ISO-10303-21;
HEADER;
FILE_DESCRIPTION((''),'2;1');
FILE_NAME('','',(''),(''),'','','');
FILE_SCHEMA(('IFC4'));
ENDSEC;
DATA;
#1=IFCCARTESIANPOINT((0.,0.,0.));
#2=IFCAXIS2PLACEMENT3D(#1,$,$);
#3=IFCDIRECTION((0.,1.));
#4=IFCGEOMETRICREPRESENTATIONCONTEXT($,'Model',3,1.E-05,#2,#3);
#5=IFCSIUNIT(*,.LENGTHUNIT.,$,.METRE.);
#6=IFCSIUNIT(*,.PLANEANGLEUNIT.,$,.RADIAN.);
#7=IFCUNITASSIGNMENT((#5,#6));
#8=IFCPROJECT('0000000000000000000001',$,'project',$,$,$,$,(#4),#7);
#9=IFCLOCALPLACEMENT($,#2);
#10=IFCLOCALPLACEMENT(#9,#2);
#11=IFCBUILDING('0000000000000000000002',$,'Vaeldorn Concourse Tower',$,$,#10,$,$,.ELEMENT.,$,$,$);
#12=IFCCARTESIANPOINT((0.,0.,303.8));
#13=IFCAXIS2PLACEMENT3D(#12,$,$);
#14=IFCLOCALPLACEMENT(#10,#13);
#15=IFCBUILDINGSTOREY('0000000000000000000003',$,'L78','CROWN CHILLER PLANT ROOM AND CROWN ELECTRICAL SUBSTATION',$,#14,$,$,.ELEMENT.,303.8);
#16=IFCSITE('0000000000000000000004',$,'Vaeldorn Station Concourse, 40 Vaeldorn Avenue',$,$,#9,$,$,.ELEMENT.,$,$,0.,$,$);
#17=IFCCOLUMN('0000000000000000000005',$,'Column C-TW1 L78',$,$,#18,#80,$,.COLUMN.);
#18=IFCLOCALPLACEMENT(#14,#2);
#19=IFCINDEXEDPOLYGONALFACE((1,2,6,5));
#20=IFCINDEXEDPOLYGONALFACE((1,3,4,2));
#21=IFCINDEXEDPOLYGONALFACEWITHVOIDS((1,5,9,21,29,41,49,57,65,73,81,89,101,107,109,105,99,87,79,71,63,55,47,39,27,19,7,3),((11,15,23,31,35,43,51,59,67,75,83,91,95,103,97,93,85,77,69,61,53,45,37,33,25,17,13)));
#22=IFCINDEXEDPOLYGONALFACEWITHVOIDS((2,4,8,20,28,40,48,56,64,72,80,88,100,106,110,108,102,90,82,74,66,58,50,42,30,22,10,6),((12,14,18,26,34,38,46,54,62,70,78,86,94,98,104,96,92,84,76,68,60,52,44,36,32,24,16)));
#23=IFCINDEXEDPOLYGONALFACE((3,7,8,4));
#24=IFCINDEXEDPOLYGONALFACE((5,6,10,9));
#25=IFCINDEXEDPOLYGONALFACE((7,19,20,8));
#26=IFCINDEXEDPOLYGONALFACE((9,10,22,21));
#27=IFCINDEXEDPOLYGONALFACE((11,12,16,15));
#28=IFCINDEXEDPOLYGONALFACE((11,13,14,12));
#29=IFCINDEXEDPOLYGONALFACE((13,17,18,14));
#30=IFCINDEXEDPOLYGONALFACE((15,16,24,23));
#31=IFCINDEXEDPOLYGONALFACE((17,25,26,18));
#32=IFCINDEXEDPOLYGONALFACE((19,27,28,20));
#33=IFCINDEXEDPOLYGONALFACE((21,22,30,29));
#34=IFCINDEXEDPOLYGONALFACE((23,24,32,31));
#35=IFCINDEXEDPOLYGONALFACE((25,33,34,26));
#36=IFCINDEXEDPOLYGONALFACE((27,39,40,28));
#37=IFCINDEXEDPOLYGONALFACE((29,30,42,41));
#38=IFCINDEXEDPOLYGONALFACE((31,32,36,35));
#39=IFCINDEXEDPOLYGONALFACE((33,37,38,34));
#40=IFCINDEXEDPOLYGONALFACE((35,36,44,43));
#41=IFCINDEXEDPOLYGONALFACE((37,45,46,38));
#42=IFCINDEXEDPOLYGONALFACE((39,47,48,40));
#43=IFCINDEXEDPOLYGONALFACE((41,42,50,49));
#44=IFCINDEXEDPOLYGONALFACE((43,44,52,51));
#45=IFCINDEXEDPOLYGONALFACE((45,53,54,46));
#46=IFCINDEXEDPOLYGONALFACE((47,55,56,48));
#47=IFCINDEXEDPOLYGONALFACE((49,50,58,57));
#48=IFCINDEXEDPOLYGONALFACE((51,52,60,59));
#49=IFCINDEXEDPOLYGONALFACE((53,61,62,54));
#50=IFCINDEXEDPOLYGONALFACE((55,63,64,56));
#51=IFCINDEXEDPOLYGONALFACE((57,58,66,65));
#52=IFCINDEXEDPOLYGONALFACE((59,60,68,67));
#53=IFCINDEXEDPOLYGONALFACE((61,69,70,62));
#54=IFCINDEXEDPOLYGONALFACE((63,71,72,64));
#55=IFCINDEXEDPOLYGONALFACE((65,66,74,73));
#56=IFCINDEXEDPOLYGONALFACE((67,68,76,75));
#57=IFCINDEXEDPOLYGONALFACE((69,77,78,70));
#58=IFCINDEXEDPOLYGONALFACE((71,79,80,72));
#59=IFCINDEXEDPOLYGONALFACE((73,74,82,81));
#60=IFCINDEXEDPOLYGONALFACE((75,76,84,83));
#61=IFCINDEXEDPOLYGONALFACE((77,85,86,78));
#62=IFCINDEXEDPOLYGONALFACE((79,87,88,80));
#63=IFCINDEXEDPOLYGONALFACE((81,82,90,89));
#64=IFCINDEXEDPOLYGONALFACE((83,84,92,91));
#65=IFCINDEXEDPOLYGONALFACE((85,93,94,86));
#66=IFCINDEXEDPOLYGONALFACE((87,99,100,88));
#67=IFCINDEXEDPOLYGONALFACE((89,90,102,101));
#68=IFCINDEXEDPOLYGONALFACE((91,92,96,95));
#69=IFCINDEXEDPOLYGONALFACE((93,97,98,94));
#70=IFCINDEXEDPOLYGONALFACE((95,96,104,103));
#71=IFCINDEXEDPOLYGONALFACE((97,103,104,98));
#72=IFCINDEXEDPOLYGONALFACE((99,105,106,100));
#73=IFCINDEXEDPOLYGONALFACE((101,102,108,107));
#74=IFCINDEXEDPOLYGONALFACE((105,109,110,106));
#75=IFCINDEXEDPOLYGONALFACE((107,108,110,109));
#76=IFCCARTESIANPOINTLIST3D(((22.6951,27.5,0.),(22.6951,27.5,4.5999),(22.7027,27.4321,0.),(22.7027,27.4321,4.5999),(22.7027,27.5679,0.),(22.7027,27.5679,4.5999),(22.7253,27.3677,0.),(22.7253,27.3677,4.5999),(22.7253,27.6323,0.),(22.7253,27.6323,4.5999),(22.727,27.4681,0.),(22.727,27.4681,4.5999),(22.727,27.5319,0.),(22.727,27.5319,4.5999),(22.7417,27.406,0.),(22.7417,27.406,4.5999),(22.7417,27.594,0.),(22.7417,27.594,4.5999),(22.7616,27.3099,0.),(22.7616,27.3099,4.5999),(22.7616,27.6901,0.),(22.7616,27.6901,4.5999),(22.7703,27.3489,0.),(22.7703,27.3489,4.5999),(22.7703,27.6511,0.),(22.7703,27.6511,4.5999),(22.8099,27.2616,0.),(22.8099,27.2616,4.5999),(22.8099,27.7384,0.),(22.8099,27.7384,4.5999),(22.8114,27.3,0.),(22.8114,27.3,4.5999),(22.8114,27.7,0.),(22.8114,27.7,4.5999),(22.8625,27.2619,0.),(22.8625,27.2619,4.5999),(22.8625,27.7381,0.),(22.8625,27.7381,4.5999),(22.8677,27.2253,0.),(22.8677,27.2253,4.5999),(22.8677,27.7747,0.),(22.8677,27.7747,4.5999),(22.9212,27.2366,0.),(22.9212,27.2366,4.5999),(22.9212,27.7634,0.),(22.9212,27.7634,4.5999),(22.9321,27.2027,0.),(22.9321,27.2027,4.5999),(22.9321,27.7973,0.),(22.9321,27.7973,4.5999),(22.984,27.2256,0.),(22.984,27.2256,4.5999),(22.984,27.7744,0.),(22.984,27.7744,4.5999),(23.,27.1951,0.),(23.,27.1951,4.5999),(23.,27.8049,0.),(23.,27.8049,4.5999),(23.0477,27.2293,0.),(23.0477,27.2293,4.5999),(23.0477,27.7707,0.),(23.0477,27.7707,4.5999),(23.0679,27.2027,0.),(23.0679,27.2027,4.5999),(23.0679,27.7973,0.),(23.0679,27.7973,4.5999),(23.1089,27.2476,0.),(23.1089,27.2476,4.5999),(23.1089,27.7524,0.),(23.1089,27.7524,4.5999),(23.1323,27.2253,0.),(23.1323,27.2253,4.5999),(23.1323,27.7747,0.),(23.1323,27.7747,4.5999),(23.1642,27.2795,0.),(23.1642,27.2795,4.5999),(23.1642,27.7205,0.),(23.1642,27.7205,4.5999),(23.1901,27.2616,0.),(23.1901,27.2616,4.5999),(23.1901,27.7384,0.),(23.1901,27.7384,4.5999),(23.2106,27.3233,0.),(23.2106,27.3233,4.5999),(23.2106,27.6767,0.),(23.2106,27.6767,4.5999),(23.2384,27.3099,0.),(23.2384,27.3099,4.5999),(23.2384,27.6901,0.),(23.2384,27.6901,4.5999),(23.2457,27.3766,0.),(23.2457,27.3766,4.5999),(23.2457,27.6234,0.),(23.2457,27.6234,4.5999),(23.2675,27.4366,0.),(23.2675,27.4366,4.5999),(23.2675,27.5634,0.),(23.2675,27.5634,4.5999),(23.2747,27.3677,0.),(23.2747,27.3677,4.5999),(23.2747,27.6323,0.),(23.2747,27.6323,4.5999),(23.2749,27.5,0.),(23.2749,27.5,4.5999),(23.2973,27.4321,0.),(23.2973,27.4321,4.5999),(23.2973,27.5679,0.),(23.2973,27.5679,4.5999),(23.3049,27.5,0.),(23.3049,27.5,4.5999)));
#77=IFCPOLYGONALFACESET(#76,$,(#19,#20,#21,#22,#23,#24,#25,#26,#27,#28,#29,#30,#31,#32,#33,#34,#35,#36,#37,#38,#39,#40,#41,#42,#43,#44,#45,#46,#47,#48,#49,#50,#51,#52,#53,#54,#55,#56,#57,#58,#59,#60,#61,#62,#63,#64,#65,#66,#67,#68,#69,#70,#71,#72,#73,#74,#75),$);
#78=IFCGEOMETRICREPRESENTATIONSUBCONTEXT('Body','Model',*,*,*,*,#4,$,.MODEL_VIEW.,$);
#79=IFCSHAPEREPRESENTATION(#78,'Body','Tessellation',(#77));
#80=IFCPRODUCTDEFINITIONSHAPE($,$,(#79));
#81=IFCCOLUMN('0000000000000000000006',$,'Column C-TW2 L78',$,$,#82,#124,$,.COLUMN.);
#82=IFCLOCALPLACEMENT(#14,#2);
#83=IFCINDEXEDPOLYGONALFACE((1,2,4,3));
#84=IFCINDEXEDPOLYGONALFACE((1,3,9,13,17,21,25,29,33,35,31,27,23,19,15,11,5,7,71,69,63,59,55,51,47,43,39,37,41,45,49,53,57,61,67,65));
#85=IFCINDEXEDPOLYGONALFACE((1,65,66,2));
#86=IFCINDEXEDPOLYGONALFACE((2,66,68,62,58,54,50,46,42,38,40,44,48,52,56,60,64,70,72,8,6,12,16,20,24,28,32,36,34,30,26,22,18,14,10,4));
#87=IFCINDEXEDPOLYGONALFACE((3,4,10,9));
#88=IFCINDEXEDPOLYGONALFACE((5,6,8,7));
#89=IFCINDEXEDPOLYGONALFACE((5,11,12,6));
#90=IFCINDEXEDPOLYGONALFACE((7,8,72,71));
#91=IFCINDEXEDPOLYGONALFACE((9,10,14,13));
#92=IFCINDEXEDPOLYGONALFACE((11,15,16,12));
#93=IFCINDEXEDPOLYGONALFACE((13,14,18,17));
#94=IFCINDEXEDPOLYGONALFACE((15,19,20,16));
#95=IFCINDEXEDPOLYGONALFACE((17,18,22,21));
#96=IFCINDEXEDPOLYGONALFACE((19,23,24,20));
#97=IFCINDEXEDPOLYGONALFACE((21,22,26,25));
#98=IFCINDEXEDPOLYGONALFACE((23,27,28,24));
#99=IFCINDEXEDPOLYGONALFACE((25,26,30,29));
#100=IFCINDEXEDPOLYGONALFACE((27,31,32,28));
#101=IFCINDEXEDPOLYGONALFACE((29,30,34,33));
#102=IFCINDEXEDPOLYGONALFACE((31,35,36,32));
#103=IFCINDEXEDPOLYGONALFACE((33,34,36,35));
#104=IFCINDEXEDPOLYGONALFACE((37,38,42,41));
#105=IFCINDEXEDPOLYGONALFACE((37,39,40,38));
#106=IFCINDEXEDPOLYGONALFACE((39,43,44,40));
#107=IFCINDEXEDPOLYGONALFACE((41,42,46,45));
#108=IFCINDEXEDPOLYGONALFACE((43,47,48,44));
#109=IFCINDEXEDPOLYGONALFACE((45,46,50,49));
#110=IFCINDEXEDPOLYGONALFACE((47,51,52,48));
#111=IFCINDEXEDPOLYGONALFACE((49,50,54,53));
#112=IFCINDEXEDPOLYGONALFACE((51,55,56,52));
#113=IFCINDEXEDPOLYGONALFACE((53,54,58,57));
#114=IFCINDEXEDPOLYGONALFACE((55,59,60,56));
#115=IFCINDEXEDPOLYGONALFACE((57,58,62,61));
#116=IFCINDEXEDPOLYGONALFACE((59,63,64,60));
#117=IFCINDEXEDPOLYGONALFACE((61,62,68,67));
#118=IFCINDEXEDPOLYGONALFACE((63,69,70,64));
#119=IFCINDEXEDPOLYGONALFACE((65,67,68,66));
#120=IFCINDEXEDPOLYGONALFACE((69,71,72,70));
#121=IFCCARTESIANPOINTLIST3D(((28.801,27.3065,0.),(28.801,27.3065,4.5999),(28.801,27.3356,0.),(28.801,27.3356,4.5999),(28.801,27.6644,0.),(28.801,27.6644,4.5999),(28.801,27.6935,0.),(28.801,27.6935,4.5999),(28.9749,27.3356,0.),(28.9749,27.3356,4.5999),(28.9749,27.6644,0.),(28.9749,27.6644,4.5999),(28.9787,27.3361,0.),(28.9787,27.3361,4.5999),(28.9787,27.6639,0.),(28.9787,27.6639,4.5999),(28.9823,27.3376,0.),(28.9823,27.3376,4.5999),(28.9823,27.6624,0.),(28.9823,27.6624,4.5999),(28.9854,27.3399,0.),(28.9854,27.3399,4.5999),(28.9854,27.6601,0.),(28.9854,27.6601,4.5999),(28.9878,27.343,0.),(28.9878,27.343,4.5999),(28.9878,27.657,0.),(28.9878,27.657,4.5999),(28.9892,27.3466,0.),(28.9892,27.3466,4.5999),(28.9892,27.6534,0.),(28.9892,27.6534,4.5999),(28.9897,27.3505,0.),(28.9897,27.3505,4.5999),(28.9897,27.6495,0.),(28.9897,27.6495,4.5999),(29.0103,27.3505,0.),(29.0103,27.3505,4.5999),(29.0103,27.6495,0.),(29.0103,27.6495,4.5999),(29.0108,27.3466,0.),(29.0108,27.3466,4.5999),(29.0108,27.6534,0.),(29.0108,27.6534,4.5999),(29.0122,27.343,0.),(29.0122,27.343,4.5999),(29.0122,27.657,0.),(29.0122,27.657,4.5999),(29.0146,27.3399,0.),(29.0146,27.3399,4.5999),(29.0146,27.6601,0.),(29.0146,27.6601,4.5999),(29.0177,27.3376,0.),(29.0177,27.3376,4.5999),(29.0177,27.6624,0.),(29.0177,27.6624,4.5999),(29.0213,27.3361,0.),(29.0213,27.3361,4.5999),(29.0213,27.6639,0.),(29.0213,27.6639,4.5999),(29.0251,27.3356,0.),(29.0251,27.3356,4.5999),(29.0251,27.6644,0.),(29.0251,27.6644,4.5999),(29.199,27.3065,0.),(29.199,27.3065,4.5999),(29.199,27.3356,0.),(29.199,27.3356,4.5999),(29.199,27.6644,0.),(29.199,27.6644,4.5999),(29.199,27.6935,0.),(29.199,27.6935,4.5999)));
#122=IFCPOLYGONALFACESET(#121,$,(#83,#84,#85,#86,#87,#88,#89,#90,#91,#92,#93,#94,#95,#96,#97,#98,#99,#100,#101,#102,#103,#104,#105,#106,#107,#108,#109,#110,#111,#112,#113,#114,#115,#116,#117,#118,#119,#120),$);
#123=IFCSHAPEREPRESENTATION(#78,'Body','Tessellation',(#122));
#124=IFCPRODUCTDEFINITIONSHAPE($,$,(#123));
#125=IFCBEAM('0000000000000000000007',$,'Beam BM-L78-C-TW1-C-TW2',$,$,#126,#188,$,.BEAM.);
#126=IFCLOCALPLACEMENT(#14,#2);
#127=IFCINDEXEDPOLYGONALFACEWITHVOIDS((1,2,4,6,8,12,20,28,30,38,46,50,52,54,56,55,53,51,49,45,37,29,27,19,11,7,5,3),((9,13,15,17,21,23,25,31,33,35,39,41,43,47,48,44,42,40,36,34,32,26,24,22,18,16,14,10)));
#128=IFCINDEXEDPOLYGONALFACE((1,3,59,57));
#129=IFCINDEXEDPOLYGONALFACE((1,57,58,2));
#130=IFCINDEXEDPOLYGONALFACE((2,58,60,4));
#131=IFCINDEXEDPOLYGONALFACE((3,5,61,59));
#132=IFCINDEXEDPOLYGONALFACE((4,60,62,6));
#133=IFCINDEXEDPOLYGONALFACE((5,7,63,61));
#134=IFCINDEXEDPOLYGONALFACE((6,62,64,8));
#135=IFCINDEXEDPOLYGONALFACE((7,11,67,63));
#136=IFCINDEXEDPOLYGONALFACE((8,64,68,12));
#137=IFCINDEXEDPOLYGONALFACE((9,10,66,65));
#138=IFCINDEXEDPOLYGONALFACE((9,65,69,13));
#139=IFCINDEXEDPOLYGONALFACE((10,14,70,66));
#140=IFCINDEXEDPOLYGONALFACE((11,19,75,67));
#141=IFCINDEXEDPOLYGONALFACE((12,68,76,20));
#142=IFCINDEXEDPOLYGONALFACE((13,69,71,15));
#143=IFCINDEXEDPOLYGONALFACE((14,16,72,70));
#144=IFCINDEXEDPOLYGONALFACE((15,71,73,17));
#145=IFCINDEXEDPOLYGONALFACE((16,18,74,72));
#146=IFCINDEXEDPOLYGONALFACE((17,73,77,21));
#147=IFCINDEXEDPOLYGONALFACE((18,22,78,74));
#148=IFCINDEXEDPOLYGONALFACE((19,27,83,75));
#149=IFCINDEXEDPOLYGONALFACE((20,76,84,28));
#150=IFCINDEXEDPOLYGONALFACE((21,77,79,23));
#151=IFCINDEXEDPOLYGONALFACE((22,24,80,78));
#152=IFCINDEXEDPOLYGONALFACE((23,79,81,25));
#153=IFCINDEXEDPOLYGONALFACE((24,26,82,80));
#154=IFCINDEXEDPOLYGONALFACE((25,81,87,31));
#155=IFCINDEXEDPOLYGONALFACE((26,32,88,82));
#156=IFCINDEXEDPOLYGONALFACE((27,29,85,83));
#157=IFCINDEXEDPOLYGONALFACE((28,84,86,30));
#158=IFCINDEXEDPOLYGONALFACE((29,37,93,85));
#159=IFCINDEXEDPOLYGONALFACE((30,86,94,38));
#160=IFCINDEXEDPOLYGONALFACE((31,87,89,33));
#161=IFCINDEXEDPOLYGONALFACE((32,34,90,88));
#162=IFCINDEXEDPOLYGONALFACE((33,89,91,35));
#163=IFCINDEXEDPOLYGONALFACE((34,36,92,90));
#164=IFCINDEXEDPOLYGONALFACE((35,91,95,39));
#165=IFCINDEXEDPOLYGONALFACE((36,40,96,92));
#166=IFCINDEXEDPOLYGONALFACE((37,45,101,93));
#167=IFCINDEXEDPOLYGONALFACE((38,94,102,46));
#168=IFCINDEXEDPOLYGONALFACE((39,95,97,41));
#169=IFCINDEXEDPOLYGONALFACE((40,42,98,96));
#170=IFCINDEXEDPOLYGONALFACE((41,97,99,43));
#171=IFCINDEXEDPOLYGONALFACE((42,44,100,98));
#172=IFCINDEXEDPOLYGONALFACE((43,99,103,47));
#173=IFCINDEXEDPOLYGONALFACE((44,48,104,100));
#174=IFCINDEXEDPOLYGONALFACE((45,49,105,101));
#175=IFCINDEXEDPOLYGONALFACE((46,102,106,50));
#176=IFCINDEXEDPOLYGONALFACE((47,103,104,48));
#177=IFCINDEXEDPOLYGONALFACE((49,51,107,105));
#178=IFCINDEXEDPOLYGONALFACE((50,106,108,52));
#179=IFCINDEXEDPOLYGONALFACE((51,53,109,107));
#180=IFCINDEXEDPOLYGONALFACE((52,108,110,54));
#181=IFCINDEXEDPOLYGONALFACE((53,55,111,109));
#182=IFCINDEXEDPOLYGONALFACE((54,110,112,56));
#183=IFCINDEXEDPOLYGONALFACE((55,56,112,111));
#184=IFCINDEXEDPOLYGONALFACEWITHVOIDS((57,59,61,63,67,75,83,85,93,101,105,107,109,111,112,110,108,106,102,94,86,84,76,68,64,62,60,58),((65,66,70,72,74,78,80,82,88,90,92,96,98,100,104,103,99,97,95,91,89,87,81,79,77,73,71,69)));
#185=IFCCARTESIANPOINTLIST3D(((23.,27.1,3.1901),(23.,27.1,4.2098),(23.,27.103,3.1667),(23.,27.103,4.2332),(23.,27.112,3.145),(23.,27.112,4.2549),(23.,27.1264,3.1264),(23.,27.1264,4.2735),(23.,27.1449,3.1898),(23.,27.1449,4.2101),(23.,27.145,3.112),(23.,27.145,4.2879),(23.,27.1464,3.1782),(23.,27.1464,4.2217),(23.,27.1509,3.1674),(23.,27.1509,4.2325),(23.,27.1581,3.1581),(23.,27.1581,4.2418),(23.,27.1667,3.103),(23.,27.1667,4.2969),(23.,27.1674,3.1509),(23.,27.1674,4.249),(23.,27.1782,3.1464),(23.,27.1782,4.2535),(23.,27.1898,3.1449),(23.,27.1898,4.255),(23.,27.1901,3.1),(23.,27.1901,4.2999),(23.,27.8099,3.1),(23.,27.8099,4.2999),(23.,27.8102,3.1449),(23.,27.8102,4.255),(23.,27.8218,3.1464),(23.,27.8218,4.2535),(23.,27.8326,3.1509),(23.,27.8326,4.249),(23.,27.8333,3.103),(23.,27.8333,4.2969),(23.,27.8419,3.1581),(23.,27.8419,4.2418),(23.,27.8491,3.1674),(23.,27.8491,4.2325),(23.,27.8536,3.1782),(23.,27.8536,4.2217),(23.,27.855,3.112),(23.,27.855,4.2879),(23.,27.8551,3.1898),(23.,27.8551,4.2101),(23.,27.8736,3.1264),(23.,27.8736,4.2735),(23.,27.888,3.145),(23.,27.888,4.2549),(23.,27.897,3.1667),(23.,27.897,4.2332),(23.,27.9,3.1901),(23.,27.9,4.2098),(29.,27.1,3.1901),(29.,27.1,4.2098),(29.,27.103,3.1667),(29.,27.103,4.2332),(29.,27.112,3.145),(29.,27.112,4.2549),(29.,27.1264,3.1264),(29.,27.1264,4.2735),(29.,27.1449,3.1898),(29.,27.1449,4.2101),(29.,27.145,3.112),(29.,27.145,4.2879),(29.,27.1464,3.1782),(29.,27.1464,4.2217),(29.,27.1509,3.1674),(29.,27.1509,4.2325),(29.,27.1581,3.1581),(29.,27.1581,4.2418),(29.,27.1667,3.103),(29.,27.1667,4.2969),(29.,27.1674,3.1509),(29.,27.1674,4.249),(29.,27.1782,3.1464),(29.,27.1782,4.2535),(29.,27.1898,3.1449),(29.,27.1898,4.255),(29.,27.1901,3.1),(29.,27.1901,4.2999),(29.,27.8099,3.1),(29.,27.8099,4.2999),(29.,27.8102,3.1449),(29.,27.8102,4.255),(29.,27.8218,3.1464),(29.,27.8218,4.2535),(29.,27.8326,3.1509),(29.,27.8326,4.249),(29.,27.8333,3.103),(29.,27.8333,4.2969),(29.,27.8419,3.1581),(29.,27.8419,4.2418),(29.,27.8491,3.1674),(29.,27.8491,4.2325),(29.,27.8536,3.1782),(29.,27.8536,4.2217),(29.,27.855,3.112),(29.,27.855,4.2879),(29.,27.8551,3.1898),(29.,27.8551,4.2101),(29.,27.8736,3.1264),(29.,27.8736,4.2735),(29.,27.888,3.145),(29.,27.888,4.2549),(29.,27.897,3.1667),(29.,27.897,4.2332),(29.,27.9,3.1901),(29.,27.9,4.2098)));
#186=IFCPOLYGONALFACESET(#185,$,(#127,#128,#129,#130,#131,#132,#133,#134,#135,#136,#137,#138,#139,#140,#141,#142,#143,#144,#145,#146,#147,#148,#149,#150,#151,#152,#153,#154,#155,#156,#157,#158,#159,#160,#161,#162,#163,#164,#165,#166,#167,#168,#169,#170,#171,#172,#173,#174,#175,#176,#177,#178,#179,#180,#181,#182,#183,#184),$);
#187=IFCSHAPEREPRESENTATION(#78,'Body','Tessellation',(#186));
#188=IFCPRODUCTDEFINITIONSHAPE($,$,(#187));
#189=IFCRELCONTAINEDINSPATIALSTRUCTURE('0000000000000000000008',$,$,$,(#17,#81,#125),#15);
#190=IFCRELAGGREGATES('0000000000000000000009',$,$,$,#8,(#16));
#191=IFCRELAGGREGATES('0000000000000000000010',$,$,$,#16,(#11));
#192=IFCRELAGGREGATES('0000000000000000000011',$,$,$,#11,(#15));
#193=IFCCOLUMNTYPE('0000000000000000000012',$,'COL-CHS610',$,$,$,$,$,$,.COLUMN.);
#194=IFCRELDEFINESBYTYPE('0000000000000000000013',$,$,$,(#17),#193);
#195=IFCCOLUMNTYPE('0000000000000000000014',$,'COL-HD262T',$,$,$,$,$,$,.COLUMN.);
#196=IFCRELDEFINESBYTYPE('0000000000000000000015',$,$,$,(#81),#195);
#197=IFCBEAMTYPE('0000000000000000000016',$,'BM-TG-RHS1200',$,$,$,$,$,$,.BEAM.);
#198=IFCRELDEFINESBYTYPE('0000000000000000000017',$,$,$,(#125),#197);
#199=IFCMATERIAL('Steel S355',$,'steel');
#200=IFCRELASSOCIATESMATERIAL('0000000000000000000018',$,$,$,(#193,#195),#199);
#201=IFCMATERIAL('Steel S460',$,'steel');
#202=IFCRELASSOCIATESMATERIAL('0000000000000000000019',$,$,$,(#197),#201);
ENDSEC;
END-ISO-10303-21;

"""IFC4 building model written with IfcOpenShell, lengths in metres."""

from ifc_helpers import new_model, si_unit, direction, frame, origin, origin_2d, place, context, subcontext, project, spatial, hollow_rectangle, hollow_circle, i_section, extrude, source, transform, mapped, material, material_profile, profile_set, type_object, element, save


model = new_model("IFC4")

# Units and contexts
model_context = context("Model", 3, precision=1e-05, world=origin(), true_north=direction((0.0, 1.0)))
body_context = subcontext(model_context, "Body", "Model", "MODEL_VIEW")
ifc_project = project(units=[si_unit("LENGTHUNIT", "METRE"), si_unit("PLANEANGLEUNIT", "RADIAN")], contexts=[model_context])

# Site, building, storey
site_placement = place(None, origin())
site = spatial("IfcSite", under=ifc_project, at=site_placement, Name="Vaeldorn Station Concourse, 40 Vaeldorn Avenue", CompositionType="ELEMENT", RefElevation=0.0)
building_placement = place(site_placement, origin())
building = spatial("IfcBuilding", under=site, at=building_placement, Name="Vaeldorn Concourse Tower", CompositionType="ELEMENT")
storey_placement = place(building_placement, frame((0.0, 0.0, 303.8)))
storey = spatial("IfcBuildingStorey", under=building, at=storey_placement, Name="L78", Description="CROWN CHILLER PLANT ROOM AND CROWN ELECTRICAL SUBSTATION", CompositionType="ELEMENT", Elevation=303.8)

# Columns
ifc_material_1 = material(Name="Steel S355", Category="steel")
ifc_material_profile_1 = material_profile(ifc_material_1, hollow_circle(Radius=0.3049, WallThickness=0.03, at=origin_2d()), Name="CHS 610x30")
ifc_profile_set_1 = profile_set([ifc_material_profile_1], Name="Steel S355")
column_type_1 = type_object("IfcColumnType", Name="COL-CHS610", PredefinedType="COLUMN", material=ifc_profile_set_1)
shared_shape_1 = source(origin(), body_context, "Body", "SweptSolid", [
    extrude(hollow_circle(Radius=0.3049, WallThickness=0.03, at=origin_2d()), origin(), (0.0, 0.0, 1.0), 4.5999),
])
column_1_placement = place(storey_placement, frame((23.0, 27.5, 0.0), z_axis=(0.0, 0.0, 1.0), x_axis=(1.0, 0.0, 0.0)))
element("IfcColumn", 1, at=column_1_placement, inside=storey, type_object=column_type_1, Name="Column C-TW1 L78", PredefinedType="COLUMN", context=body_context, shape_type="MappedRepresentation", body=[
    mapped(shared_shape_1, transform((0.0, 0.0, 0.0), scale=1.0)),
])
ifc_material_profile_2 = material_profile(ifc_material_1, i_section(OverallWidth=0.3979, OverallDepth=0.387, WebThickness=0.0205, FlangeThickness=0.0291, FilletRadius=0.0149, at=origin_2d()), Name="HD 400x262")
ifc_profile_set_2 = profile_set([ifc_material_profile_2], Name="Steel S355")
column_type_2 = type_object("IfcColumnType", Name="COL-HD262T", PredefinedType="COLUMN", material=ifc_profile_set_2)
shared_shape_2 = source(origin(), body_context, "Body", "SweptSolid", [
    extrude(i_section(OverallWidth=0.3979, OverallDepth=0.387, WebThickness=0.0205, FlangeThickness=0.0291, FilletRadius=0.0149, at=origin_2d()), origin(), (0.0, 0.0, 1.0), 4.5999),
])
column_2_placement = place(storey_placement, frame((29.0, 27.5, 0.0), z_axis=(0.0, 0.0, 1.0), x_axis=(1.0, 0.0, 0.0)))
element("IfcColumn", 2, at=column_2_placement, inside=storey, type_object=column_type_2, Name="Column C-TW2 L78", PredefinedType="COLUMN", context=body_context, shape_type="MappedRepresentation", body=[
    mapped(shared_shape_2, transform((0.0, 0.0, 0.0), scale=1.0)),
])

# Beam
ifc_material_2 = material(Name="Steel S460", Category="steel")
ifc_material_profile_3 = material_profile(ifc_material_2, hollow_rectangle(XDim=0.8, YDim=1.2, WallThickness=0.0449, InnerFilletRadius=0.0449, OuterFilletRadius=0.0901, at=origin_2d()), Name="RHS 1200x800x45")
ifc_profile_set_3 = profile_set([ifc_material_profile_3], Name="Steel S460")
beam_type_1 = type_object("IfcBeamType", Name="BM-TG-RHS1200", PredefinedType="BEAM", material=ifc_profile_set_3)
shared_shape_3 = source(origin(), body_context, "Body", "SweptSolid", [
    extrude(hollow_rectangle(XDim=0.8, YDim=1.2, WallThickness=0.0449, InnerFilletRadius=0.0449, OuterFilletRadius=0.0901, at=origin_2d()), origin(), (0.0, 0.0, 1.0), 6.0),
])
beam_1_placement = place(storey_placement, frame((23.0, 27.5, 3.7), z_axis=(1.0, 0.0, 0.0), x_axis=(0.0, 1.0, 0.0)))
element("IfcBeam", 3, at=beam_1_placement, inside=storey, type_object=beam_type_1, Name="Beam BM-L78-C-TW1-C-TW2", PredefinedType="BEAM", context=body_context, shape_type="MappedRepresentation", body=[
    mapped(shared_shape_3, transform((0.0, 0.0, 0.0), scale=1.0)),
])

save(model, "model.ifc")
